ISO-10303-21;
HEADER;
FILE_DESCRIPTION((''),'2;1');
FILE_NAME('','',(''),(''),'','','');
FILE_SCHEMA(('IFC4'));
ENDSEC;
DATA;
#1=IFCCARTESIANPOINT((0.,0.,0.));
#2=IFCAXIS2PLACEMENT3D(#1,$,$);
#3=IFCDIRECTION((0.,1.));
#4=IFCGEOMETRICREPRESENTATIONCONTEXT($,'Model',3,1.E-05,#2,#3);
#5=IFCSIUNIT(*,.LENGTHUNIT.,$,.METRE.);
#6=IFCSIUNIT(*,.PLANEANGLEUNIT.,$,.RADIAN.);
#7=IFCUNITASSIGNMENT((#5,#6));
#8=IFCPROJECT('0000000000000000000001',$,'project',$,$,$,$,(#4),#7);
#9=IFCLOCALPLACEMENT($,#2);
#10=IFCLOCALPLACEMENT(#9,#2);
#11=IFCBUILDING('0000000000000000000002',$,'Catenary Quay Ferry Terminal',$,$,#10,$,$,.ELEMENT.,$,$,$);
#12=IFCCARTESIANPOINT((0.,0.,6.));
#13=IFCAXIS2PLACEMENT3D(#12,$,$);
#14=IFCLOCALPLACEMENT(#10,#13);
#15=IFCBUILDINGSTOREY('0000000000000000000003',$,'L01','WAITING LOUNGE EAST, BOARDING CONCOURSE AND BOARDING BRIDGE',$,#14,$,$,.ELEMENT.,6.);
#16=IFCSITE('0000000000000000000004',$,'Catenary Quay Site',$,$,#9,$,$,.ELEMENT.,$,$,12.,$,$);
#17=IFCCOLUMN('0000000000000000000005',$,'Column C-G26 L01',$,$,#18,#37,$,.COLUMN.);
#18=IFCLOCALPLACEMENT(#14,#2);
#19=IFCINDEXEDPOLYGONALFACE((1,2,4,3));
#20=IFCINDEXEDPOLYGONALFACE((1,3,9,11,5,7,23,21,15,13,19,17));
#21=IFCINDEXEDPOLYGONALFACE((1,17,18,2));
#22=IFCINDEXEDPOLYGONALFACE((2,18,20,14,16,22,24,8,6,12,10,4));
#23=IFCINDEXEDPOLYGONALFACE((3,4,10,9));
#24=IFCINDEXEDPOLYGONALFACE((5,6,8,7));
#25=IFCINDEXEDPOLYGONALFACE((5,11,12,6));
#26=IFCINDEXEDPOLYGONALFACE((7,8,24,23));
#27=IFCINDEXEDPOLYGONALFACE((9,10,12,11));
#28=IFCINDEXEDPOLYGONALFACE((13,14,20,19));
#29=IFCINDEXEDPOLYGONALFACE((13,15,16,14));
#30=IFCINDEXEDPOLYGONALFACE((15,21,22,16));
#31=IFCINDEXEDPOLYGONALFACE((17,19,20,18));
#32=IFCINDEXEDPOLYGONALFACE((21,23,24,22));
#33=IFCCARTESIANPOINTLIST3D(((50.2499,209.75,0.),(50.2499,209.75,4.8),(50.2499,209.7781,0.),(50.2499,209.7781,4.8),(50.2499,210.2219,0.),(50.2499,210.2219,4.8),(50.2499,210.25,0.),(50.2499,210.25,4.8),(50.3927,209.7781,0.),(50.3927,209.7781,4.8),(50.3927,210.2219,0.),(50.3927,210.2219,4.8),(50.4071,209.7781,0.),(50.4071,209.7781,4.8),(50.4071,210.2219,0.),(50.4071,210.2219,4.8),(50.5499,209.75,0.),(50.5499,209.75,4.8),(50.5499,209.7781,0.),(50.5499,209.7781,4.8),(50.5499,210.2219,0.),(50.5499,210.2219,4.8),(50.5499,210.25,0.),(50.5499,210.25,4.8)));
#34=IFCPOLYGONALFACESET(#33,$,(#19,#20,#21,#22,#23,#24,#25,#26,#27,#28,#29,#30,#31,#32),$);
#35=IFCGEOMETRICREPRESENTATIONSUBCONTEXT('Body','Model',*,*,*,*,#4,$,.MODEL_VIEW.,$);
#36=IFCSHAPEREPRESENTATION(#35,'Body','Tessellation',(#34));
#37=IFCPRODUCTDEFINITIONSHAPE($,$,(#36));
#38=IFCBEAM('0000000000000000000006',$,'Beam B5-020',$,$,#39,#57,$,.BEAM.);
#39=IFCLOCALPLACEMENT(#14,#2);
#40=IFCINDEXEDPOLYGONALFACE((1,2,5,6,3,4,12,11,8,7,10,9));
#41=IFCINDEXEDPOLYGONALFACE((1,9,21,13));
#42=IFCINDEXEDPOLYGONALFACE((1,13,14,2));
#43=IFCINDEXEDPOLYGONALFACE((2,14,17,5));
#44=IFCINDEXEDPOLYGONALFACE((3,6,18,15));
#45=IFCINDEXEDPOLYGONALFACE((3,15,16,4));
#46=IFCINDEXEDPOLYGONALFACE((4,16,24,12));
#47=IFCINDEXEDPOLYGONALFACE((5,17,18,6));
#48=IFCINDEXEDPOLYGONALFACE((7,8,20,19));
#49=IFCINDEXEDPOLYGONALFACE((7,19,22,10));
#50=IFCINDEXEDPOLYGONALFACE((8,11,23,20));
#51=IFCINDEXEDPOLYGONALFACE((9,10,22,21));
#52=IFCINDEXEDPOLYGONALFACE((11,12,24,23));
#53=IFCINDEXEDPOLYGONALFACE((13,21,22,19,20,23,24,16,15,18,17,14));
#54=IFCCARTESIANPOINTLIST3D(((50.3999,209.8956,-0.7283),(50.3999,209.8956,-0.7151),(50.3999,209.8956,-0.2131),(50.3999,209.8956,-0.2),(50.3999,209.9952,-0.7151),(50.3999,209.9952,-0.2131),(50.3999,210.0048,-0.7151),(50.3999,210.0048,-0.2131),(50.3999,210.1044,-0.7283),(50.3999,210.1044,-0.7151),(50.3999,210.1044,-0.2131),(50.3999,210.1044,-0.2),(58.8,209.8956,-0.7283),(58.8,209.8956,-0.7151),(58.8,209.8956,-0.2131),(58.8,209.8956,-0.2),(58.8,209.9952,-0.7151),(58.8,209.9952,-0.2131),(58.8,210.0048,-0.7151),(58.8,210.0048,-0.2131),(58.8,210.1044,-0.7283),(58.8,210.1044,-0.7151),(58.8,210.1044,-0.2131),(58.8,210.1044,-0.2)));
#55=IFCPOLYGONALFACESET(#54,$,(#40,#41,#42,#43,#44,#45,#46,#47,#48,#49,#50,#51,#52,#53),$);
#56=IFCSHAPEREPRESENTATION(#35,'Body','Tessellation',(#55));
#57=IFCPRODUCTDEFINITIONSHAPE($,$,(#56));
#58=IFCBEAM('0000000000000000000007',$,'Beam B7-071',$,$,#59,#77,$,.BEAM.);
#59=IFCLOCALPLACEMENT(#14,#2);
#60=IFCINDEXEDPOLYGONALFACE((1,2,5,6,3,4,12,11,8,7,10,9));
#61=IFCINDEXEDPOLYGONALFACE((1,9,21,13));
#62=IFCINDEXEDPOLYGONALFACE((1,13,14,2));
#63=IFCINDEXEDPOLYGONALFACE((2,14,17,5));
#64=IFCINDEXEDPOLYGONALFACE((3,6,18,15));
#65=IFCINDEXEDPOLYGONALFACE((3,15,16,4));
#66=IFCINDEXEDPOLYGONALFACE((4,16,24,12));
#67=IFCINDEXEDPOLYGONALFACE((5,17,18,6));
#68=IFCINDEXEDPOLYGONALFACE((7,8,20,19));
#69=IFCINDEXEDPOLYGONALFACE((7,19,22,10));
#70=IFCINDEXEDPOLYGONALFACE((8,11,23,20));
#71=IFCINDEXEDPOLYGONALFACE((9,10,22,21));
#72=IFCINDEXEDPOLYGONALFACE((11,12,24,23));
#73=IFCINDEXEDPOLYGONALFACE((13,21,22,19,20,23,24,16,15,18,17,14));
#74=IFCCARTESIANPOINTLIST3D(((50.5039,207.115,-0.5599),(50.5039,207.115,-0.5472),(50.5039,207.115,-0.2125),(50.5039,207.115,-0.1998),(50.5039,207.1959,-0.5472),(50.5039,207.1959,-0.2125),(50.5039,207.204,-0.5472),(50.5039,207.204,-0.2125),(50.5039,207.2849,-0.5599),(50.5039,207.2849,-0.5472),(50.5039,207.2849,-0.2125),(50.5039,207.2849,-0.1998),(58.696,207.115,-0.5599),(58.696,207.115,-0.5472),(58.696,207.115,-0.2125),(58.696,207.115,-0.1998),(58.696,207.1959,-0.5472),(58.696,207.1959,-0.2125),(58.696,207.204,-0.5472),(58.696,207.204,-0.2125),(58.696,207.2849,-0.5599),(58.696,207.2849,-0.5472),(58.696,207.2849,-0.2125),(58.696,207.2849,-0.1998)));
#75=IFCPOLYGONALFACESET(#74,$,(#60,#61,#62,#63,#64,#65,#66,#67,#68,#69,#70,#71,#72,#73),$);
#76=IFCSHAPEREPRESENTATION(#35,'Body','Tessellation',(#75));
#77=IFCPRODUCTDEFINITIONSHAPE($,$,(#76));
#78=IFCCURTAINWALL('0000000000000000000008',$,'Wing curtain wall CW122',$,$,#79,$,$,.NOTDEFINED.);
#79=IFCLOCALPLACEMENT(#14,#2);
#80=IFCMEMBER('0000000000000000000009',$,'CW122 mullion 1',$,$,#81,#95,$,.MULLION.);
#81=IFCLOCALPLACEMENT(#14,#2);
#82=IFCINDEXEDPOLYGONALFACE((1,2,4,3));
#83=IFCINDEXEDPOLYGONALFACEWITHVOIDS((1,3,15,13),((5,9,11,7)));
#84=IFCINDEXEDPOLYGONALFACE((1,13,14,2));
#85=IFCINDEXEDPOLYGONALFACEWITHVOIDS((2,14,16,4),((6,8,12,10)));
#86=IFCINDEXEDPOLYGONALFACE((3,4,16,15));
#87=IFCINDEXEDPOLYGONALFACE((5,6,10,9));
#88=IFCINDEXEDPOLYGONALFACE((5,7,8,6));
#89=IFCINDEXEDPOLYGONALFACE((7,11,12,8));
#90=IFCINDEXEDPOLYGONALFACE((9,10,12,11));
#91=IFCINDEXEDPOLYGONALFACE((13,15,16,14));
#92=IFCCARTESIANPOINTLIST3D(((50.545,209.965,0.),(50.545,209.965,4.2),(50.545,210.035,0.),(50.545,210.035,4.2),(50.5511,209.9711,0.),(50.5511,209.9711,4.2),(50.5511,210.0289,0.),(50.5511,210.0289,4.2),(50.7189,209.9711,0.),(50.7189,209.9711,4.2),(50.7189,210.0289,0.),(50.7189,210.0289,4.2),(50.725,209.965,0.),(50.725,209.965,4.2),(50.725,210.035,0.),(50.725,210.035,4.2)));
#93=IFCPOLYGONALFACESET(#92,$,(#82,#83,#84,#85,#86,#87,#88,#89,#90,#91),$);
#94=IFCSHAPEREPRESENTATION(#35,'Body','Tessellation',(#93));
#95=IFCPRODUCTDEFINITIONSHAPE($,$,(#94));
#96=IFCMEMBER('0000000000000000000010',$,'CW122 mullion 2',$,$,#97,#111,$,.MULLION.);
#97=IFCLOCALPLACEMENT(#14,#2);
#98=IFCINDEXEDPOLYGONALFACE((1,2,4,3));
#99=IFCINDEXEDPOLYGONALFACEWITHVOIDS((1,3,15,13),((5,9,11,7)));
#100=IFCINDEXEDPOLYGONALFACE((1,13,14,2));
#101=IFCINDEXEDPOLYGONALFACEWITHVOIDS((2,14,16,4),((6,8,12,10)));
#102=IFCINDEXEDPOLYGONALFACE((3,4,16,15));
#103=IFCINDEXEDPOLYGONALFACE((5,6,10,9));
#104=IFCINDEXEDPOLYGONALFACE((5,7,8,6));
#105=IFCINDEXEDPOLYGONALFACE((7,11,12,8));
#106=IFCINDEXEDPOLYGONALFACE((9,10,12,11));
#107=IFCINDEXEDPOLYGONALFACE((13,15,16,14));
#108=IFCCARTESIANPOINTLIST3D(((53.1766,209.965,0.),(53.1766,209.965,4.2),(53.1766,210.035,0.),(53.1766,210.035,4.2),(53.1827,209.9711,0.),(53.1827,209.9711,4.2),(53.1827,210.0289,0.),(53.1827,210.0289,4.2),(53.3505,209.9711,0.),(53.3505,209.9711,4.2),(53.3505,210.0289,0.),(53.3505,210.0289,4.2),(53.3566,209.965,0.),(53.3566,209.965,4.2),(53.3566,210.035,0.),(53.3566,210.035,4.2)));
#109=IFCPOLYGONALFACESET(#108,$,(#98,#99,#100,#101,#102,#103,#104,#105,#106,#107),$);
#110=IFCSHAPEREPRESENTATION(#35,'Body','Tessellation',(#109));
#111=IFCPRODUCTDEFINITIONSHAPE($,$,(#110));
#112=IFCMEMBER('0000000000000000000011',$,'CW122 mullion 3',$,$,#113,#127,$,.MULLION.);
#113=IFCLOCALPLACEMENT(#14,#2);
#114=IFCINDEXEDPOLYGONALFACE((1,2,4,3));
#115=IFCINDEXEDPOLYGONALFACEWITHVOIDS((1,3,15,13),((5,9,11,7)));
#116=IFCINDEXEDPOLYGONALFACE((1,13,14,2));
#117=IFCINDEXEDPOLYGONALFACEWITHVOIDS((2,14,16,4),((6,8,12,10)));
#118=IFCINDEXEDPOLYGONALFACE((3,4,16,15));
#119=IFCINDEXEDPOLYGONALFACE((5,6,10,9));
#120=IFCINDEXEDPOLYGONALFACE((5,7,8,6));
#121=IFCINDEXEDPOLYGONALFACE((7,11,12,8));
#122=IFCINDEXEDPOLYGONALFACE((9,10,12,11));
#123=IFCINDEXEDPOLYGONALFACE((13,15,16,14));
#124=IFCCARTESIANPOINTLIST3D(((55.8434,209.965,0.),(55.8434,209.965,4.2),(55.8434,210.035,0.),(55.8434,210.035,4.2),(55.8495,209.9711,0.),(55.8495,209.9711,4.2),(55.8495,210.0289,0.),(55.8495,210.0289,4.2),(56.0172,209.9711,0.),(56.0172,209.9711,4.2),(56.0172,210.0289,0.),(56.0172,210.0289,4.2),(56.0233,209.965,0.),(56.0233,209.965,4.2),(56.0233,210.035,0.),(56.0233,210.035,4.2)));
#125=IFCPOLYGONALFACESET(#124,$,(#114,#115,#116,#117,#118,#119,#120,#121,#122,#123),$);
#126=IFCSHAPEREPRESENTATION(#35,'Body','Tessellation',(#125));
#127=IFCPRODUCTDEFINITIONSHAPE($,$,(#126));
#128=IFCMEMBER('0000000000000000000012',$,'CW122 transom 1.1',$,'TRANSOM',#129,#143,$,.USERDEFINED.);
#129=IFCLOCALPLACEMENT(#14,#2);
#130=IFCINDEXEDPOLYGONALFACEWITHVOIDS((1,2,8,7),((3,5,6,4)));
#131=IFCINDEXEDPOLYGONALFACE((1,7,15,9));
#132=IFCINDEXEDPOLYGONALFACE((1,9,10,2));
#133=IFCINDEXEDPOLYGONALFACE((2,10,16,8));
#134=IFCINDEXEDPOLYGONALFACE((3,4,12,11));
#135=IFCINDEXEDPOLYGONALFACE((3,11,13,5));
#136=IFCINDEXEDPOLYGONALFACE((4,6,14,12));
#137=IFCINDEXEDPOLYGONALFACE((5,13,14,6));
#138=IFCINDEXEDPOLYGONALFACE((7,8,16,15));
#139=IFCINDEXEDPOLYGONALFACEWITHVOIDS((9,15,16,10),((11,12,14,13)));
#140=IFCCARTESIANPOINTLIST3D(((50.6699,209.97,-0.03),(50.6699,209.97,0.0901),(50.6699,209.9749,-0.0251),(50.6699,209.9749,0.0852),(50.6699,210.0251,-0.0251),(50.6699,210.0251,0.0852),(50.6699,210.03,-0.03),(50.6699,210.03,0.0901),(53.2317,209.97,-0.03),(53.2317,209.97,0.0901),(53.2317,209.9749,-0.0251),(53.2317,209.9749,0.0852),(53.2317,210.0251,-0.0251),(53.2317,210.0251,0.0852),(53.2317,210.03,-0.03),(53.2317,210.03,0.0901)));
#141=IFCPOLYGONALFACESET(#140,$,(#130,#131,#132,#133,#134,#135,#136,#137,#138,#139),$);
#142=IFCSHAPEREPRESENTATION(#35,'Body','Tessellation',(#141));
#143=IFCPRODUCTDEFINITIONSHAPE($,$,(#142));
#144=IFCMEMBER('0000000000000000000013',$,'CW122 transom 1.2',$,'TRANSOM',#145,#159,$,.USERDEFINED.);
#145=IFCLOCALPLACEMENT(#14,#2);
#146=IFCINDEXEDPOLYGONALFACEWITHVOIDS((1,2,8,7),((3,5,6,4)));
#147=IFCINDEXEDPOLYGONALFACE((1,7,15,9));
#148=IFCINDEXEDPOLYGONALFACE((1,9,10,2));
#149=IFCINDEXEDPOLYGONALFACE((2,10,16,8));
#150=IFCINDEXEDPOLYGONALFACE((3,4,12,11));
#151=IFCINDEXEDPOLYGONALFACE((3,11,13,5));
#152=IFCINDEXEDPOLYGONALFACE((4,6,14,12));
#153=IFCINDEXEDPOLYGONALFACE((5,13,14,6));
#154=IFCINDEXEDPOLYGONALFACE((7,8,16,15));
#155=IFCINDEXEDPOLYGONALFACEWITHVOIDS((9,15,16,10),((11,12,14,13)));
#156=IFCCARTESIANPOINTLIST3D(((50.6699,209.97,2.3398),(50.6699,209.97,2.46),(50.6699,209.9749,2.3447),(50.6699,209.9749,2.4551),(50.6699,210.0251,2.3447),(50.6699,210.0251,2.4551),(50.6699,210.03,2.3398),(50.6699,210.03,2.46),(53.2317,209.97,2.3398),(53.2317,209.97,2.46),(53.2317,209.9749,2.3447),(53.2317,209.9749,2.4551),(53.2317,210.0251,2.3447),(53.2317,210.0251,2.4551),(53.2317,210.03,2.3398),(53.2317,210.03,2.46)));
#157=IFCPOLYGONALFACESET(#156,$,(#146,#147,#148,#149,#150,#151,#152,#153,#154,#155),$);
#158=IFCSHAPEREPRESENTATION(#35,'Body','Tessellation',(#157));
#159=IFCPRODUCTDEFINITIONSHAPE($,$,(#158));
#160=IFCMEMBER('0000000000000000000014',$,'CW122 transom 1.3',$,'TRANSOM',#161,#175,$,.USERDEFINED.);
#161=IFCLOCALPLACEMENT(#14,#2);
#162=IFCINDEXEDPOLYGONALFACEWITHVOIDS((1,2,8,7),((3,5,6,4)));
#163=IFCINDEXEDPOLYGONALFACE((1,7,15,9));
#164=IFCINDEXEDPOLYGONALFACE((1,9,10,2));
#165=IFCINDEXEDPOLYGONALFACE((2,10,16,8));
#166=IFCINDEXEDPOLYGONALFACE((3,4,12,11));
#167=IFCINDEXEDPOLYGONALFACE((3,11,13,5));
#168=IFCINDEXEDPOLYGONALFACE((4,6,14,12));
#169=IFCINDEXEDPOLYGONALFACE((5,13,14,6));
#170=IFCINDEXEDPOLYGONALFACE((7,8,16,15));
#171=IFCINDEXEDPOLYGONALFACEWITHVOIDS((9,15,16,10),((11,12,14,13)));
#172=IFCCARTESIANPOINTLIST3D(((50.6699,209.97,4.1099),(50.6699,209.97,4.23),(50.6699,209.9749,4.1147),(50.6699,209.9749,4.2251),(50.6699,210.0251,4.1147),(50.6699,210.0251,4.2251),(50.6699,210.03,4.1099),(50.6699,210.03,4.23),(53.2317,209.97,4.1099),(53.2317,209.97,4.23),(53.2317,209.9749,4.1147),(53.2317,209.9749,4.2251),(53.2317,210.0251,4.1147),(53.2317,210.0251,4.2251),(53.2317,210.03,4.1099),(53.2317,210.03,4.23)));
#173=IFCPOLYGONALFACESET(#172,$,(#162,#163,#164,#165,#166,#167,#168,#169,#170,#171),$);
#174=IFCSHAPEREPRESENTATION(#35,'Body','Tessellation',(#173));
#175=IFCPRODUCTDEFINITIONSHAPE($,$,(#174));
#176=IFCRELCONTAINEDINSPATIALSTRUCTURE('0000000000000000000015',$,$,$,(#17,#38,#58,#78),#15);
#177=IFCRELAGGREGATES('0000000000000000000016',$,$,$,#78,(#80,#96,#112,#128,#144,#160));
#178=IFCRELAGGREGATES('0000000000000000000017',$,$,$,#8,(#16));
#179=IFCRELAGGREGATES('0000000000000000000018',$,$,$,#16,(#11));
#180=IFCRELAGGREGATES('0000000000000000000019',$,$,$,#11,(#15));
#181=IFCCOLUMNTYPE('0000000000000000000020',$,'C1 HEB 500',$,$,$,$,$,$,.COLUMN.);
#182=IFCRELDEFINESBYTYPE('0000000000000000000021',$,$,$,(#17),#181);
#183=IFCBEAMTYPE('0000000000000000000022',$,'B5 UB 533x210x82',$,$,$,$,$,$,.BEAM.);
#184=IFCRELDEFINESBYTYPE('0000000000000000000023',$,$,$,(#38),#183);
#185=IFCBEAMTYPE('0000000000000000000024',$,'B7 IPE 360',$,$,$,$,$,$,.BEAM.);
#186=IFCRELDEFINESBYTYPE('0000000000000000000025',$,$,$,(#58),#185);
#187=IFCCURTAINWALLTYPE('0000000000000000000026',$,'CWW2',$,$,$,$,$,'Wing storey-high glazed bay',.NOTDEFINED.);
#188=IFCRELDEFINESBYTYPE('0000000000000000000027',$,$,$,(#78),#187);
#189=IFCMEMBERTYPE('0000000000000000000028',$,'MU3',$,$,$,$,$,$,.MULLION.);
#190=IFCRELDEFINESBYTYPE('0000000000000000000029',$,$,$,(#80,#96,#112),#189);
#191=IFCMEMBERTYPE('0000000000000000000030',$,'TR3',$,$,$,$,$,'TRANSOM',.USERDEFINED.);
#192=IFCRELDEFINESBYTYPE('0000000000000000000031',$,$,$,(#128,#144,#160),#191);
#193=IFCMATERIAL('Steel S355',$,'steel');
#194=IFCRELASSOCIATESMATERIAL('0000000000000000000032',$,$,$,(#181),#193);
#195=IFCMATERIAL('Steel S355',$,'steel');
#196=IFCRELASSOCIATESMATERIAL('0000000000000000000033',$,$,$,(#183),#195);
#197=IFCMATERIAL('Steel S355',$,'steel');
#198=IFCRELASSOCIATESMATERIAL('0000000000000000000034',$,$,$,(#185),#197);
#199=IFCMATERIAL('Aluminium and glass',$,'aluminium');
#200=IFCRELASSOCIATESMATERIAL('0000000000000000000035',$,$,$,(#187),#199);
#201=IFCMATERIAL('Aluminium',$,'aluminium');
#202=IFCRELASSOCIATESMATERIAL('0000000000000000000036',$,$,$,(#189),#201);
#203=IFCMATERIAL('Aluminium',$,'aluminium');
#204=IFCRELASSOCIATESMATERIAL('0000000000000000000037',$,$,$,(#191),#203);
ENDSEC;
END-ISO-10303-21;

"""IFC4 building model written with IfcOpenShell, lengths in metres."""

from ifc_helpers import new_model, si_unit, direction, frame, origin, origin_2d, place, context, subcontext, project, spatial, hollow_rectangle, i_section, extrude, material, material_profile, profile_set, type_object, element, aggregate, save


model = new_model("IFC4")

# Units and contexts
model_context = context("Model", 3, precision=1e-05, world=origin(), true_north=direction((0.0, 1.0)))
body_context = subcontext(model_context, "Body", "Model", "MODEL_VIEW")
ifc_project = project(units=[si_unit("LENGTHUNIT", "METRE"), si_unit("PLANEANGLEUNIT", "RADIAN")], contexts=[model_context])

# Site, building, storey
site_placement = place(None, origin())
site = spatial("IfcSite", under=ifc_project, at=site_placement, Name="Catenary Quay Site", CompositionType="ELEMENT", RefElevation=12.0)
building_placement = place(site_placement, origin())
building = spatial("IfcBuilding", under=site, at=building_placement, Name="Catenary Quay Ferry Terminal", CompositionType="ELEMENT")
storey_placement = place(building_placement, frame((0.0, 0.0, 6.0)))
storey = spatial("IfcBuildingStorey", under=building, at=storey_placement, Name="L01", Description="WAITING LOUNGE EAST, BOARDING CONCOURSE AND BOARDING BRIDGE", CompositionType="ELEMENT", Elevation=6.0)

# Column
ifc_material_1 = material(Name="Steel S355", Category="steel")
ifc_material_profile_1 = material_profile(ifc_material_1, i_section(OverallWidth=0.3, OverallDepth=0.5, WebThickness=0.0144, FlangeThickness=0.0281, at=origin_2d()), Name="HEB 500")
ifc_profile_set_1 = profile_set([ifc_material_profile_1], Name="Steel S355")
column_type = type_object("IfcColumnType", Name="C1 HEB 500", PredefinedType="COLUMN", material=ifc_profile_set_1)
column_placement = place(storey_placement, frame((50.3999, 210.0, 0.0), z_axis=(0.0, 0.0, 1.0), x_axis=(1.0, 0.0, 0.0)))
element("IfcColumn", 1, at=column_placement, inside=storey, type_object=column_type, Name="Column C-G26 L01", PredefinedType="COLUMN", context=body_context, shape_type="SweptSolid", body=[
    extrude(i_section(OverallWidth=0.3, OverallDepth=0.5, WebThickness=0.0144, FlangeThickness=0.0281, at=origin_2d()), origin(), (0.0, 0.0, 1.0), 4.8),
])

# Beams
ifc_material_2 = material(Name="Steel S355", Category="steel")
ifc_material_profile_2 = material_profile(ifc_material_2, i_section(OverallWidth=0.2087, OverallDepth=0.5283, WebThickness=0.0095, FlangeThickness=0.0132, at=origin_2d()), Name="UB 533x210x82")
ifc_profile_set_2 = profile_set([ifc_material_profile_2], Name="Steel S355")
beam_type_1 = type_object("IfcBeamType", Name="B5 UB 533x210x82", PredefinedType="BEAM", material=ifc_profile_set_2)
beam_1_placement = place(storey_placement, frame((50.3999, 210.0, -0.4641), z_axis=(1.0, 0.0, 0.0), x_axis=(0.0, 1.0, 0.0)))
element("IfcBeam", 2, at=beam_1_placement, inside=storey, type_object=beam_type_1, Name="Beam B5-020", PredefinedType="BEAM", context=body_context, shape_type="SweptSolid", body=[
    extrude(i_section(OverallWidth=0.2087, OverallDepth=0.5283, WebThickness=0.0095, FlangeThickness=0.0132, at=origin_2d()), origin(), (0.0, 0.0, 1.0), 8.4001),
])
ifc_material_3 = material(Name="Steel S355", Category="steel")
ifc_material_profile_3 = material_profile(ifc_material_3, i_section(OverallWidth=0.1699, OverallDepth=0.3601, WebThickness=0.0081, FlangeThickness=0.0127, at=origin_2d()), Name="IPE 360")
ifc_profile_set_3 = profile_set([ifc_material_profile_3], Name="Steel S355")
beam_type_2 = type_object("IfcBeamType", Name="B7 IPE 360", PredefinedType="BEAM", material=ifc_profile_set_3)
beam_2_placement = place(storey_placement, frame((50.5039, 207.2, -0.3799), z_axis=(1.0, 0.0, 0.0), x_axis=(0.0, 1.0, 0.0)))
element("IfcBeam", 3, at=beam_2_placement, inside=storey, type_object=beam_type_2, Name="Beam B7-071", PredefinedType="BEAM", context=body_context, shape_type="SweptSolid", body=[
    extrude(i_section(OverallWidth=0.1699, OverallDepth=0.3601, WebThickness=0.0081, FlangeThickness=0.0127, at=origin_2d()), origin(), (0.0, 0.0, 1.0), 8.1921),
])

# Curtain wall, members
ifc_material_4 = material(Name="Aluminium and glass", Category="aluminium")
curtain_wall_type = type_object("IfcCurtainWallType", Name="CWW2", ElementType="Wing storey-high glazed bay", PredefinedType="NOTDEFINED", material=ifc_material_4)
curtain_wall_placement = place(storey_placement, origin())
curtain_wall = element("IfcCurtainWall", 4, at=curtain_wall_placement, inside=storey, type_object=curtain_wall_type, Name="Wing curtain wall CW122", PredefinedType="NOTDEFINED")
ifc_material_5 = material(Name="Aluminium", Category="aluminium")
ifc_material_profile_4 = material_profile(ifc_material_5, hollow_rectangle(XDim=0.0701, YDim=0.1799, WallThickness=0.0061, at=origin_2d()), Name="MU3")
ifc_profile_set_4 = profile_set([ifc_material_profile_4], Name="Aluminium")
member_type_1 = type_object("IfcMemberType", Name="MU3", PredefinedType="MULLION", material=ifc_profile_set_4)
member_1_placement = place(storey_placement, frame((50.635, 210.0, 0.0), z_axis=(0.0, 0.0, 1.0), x_axis=(0.0, 1.0, 0.0)))
member_1 = element("IfcMember", 5, at=member_1_placement, type_object=member_type_1, Name="CW122 mullion 1", PredefinedType="MULLION", context=body_context, shape_type="SweptSolid", body=[
    extrude(hollow_rectangle(XDim=0.0701, YDim=0.1799, WallThickness=0.0061, at=origin_2d()), origin(), (0.0, 0.0, 1.0), 4.2),
])
member_2_placement = place(storey_placement, frame((53.2666, 210.0, 0.0), z_axis=(0.0, 0.0, 1.0), x_axis=(0.0, 1.0, 0.0)))
member_2 = element("IfcMember", 6, at=member_2_placement, type_object=member_type_1, Name="CW122 mullion 2", PredefinedType="MULLION", context=body_context, shape_type="SweptSolid", body=[
    extrude(hollow_rectangle(XDim=0.0701, YDim=0.1799, WallThickness=0.0061, at=origin_2d()), origin(), (0.0, 0.0, 1.0), 4.2),
])
member_3_placement = place(storey_placement, frame((55.9333, 210.0, 0.0), z_axis=(0.0, 0.0, 1.0), x_axis=(0.0, 1.0, 0.0)))
member_3 = element("IfcMember", 7, at=member_3_placement, type_object=member_type_1, Name="CW122 mullion 3", PredefinedType="MULLION", context=body_context, shape_type="SweptSolid", body=[
    extrude(hollow_rectangle(XDim=0.0701, YDim=0.1799, WallThickness=0.0061, at=origin_2d()), origin(), (0.0, 0.0, 1.0), 4.2),
])
ifc_material_6 = material(Name="Aluminium", Category="aluminium")
ifc_material_profile_5 = material_profile(ifc_material_6, hollow_rectangle(XDim=0.0601, YDim=0.1201, WallThickness=0.0049, at=origin_2d()), Name="TR3")
ifc_profile_set_5 = profile_set([ifc_material_profile_5], Name="Aluminium")
member_type_2 = type_object("IfcMemberType", Name="TR3", ElementType="TRANSOM", PredefinedType="USERDEFINED", material=ifc_profile_set_5)
member_4_placement = place(storey_placement, frame((50.6699, 210.0, 0.03), z_axis=(1.0, 0.0, 0.0), x_axis=(0.0, 1.0, 0.0)))
member_4 = element("IfcMember", 8, at=member_4_placement, type_object=member_type_2, Name="CW122 transom 1.1", ObjectType="TRANSOM", PredefinedType="USERDEFINED", context=body_context, shape_type="SweptSolid", body=[
    extrude(hollow_rectangle(XDim=0.0601, YDim=0.1201, WallThickness=0.0049, at=origin_2d()), origin(), (0.0, 0.0, 1.0), 2.5618),
])
member_5_placement = place(storey_placement, frame((50.6699, 210.0, 2.3999), z_axis=(1.0, 0.0, 0.0), x_axis=(0.0, 1.0, 0.0)))
member_5 = element("IfcMember", 9, at=member_5_placement, type_object=member_type_2, Name="CW122 transom 1.2", ObjectType="TRANSOM", PredefinedType="USERDEFINED", context=body_context, shape_type="SweptSolid", body=[
    extrude(hollow_rectangle(XDim=0.0601, YDim=0.1201, WallThickness=0.0049, at=origin_2d()), origin(), (0.0, 0.0, 1.0), 2.5618),
])
member_6_placement = place(storey_placement, frame((50.6699, 210.0, 4.1699), z_axis=(1.0, 0.0, 0.0), x_axis=(0.0, 1.0, 0.0)))
member_6 = element("IfcMember", 10, at=member_6_placement, type_object=member_type_2, Name="CW122 transom 1.3", ObjectType="TRANSOM", PredefinedType="USERDEFINED", context=body_context, shape_type="SweptSolid", body=[
    extrude(hollow_rectangle(XDim=0.0601, YDim=0.1201, WallThickness=0.0049, at=origin_2d()), origin(), (0.0, 0.0, 1.0), 2.5618),
])
aggregate(curtain_wall, [member_1, member_2, member_3, member_4, member_5, member_6])

save(model, "model.ifc")
